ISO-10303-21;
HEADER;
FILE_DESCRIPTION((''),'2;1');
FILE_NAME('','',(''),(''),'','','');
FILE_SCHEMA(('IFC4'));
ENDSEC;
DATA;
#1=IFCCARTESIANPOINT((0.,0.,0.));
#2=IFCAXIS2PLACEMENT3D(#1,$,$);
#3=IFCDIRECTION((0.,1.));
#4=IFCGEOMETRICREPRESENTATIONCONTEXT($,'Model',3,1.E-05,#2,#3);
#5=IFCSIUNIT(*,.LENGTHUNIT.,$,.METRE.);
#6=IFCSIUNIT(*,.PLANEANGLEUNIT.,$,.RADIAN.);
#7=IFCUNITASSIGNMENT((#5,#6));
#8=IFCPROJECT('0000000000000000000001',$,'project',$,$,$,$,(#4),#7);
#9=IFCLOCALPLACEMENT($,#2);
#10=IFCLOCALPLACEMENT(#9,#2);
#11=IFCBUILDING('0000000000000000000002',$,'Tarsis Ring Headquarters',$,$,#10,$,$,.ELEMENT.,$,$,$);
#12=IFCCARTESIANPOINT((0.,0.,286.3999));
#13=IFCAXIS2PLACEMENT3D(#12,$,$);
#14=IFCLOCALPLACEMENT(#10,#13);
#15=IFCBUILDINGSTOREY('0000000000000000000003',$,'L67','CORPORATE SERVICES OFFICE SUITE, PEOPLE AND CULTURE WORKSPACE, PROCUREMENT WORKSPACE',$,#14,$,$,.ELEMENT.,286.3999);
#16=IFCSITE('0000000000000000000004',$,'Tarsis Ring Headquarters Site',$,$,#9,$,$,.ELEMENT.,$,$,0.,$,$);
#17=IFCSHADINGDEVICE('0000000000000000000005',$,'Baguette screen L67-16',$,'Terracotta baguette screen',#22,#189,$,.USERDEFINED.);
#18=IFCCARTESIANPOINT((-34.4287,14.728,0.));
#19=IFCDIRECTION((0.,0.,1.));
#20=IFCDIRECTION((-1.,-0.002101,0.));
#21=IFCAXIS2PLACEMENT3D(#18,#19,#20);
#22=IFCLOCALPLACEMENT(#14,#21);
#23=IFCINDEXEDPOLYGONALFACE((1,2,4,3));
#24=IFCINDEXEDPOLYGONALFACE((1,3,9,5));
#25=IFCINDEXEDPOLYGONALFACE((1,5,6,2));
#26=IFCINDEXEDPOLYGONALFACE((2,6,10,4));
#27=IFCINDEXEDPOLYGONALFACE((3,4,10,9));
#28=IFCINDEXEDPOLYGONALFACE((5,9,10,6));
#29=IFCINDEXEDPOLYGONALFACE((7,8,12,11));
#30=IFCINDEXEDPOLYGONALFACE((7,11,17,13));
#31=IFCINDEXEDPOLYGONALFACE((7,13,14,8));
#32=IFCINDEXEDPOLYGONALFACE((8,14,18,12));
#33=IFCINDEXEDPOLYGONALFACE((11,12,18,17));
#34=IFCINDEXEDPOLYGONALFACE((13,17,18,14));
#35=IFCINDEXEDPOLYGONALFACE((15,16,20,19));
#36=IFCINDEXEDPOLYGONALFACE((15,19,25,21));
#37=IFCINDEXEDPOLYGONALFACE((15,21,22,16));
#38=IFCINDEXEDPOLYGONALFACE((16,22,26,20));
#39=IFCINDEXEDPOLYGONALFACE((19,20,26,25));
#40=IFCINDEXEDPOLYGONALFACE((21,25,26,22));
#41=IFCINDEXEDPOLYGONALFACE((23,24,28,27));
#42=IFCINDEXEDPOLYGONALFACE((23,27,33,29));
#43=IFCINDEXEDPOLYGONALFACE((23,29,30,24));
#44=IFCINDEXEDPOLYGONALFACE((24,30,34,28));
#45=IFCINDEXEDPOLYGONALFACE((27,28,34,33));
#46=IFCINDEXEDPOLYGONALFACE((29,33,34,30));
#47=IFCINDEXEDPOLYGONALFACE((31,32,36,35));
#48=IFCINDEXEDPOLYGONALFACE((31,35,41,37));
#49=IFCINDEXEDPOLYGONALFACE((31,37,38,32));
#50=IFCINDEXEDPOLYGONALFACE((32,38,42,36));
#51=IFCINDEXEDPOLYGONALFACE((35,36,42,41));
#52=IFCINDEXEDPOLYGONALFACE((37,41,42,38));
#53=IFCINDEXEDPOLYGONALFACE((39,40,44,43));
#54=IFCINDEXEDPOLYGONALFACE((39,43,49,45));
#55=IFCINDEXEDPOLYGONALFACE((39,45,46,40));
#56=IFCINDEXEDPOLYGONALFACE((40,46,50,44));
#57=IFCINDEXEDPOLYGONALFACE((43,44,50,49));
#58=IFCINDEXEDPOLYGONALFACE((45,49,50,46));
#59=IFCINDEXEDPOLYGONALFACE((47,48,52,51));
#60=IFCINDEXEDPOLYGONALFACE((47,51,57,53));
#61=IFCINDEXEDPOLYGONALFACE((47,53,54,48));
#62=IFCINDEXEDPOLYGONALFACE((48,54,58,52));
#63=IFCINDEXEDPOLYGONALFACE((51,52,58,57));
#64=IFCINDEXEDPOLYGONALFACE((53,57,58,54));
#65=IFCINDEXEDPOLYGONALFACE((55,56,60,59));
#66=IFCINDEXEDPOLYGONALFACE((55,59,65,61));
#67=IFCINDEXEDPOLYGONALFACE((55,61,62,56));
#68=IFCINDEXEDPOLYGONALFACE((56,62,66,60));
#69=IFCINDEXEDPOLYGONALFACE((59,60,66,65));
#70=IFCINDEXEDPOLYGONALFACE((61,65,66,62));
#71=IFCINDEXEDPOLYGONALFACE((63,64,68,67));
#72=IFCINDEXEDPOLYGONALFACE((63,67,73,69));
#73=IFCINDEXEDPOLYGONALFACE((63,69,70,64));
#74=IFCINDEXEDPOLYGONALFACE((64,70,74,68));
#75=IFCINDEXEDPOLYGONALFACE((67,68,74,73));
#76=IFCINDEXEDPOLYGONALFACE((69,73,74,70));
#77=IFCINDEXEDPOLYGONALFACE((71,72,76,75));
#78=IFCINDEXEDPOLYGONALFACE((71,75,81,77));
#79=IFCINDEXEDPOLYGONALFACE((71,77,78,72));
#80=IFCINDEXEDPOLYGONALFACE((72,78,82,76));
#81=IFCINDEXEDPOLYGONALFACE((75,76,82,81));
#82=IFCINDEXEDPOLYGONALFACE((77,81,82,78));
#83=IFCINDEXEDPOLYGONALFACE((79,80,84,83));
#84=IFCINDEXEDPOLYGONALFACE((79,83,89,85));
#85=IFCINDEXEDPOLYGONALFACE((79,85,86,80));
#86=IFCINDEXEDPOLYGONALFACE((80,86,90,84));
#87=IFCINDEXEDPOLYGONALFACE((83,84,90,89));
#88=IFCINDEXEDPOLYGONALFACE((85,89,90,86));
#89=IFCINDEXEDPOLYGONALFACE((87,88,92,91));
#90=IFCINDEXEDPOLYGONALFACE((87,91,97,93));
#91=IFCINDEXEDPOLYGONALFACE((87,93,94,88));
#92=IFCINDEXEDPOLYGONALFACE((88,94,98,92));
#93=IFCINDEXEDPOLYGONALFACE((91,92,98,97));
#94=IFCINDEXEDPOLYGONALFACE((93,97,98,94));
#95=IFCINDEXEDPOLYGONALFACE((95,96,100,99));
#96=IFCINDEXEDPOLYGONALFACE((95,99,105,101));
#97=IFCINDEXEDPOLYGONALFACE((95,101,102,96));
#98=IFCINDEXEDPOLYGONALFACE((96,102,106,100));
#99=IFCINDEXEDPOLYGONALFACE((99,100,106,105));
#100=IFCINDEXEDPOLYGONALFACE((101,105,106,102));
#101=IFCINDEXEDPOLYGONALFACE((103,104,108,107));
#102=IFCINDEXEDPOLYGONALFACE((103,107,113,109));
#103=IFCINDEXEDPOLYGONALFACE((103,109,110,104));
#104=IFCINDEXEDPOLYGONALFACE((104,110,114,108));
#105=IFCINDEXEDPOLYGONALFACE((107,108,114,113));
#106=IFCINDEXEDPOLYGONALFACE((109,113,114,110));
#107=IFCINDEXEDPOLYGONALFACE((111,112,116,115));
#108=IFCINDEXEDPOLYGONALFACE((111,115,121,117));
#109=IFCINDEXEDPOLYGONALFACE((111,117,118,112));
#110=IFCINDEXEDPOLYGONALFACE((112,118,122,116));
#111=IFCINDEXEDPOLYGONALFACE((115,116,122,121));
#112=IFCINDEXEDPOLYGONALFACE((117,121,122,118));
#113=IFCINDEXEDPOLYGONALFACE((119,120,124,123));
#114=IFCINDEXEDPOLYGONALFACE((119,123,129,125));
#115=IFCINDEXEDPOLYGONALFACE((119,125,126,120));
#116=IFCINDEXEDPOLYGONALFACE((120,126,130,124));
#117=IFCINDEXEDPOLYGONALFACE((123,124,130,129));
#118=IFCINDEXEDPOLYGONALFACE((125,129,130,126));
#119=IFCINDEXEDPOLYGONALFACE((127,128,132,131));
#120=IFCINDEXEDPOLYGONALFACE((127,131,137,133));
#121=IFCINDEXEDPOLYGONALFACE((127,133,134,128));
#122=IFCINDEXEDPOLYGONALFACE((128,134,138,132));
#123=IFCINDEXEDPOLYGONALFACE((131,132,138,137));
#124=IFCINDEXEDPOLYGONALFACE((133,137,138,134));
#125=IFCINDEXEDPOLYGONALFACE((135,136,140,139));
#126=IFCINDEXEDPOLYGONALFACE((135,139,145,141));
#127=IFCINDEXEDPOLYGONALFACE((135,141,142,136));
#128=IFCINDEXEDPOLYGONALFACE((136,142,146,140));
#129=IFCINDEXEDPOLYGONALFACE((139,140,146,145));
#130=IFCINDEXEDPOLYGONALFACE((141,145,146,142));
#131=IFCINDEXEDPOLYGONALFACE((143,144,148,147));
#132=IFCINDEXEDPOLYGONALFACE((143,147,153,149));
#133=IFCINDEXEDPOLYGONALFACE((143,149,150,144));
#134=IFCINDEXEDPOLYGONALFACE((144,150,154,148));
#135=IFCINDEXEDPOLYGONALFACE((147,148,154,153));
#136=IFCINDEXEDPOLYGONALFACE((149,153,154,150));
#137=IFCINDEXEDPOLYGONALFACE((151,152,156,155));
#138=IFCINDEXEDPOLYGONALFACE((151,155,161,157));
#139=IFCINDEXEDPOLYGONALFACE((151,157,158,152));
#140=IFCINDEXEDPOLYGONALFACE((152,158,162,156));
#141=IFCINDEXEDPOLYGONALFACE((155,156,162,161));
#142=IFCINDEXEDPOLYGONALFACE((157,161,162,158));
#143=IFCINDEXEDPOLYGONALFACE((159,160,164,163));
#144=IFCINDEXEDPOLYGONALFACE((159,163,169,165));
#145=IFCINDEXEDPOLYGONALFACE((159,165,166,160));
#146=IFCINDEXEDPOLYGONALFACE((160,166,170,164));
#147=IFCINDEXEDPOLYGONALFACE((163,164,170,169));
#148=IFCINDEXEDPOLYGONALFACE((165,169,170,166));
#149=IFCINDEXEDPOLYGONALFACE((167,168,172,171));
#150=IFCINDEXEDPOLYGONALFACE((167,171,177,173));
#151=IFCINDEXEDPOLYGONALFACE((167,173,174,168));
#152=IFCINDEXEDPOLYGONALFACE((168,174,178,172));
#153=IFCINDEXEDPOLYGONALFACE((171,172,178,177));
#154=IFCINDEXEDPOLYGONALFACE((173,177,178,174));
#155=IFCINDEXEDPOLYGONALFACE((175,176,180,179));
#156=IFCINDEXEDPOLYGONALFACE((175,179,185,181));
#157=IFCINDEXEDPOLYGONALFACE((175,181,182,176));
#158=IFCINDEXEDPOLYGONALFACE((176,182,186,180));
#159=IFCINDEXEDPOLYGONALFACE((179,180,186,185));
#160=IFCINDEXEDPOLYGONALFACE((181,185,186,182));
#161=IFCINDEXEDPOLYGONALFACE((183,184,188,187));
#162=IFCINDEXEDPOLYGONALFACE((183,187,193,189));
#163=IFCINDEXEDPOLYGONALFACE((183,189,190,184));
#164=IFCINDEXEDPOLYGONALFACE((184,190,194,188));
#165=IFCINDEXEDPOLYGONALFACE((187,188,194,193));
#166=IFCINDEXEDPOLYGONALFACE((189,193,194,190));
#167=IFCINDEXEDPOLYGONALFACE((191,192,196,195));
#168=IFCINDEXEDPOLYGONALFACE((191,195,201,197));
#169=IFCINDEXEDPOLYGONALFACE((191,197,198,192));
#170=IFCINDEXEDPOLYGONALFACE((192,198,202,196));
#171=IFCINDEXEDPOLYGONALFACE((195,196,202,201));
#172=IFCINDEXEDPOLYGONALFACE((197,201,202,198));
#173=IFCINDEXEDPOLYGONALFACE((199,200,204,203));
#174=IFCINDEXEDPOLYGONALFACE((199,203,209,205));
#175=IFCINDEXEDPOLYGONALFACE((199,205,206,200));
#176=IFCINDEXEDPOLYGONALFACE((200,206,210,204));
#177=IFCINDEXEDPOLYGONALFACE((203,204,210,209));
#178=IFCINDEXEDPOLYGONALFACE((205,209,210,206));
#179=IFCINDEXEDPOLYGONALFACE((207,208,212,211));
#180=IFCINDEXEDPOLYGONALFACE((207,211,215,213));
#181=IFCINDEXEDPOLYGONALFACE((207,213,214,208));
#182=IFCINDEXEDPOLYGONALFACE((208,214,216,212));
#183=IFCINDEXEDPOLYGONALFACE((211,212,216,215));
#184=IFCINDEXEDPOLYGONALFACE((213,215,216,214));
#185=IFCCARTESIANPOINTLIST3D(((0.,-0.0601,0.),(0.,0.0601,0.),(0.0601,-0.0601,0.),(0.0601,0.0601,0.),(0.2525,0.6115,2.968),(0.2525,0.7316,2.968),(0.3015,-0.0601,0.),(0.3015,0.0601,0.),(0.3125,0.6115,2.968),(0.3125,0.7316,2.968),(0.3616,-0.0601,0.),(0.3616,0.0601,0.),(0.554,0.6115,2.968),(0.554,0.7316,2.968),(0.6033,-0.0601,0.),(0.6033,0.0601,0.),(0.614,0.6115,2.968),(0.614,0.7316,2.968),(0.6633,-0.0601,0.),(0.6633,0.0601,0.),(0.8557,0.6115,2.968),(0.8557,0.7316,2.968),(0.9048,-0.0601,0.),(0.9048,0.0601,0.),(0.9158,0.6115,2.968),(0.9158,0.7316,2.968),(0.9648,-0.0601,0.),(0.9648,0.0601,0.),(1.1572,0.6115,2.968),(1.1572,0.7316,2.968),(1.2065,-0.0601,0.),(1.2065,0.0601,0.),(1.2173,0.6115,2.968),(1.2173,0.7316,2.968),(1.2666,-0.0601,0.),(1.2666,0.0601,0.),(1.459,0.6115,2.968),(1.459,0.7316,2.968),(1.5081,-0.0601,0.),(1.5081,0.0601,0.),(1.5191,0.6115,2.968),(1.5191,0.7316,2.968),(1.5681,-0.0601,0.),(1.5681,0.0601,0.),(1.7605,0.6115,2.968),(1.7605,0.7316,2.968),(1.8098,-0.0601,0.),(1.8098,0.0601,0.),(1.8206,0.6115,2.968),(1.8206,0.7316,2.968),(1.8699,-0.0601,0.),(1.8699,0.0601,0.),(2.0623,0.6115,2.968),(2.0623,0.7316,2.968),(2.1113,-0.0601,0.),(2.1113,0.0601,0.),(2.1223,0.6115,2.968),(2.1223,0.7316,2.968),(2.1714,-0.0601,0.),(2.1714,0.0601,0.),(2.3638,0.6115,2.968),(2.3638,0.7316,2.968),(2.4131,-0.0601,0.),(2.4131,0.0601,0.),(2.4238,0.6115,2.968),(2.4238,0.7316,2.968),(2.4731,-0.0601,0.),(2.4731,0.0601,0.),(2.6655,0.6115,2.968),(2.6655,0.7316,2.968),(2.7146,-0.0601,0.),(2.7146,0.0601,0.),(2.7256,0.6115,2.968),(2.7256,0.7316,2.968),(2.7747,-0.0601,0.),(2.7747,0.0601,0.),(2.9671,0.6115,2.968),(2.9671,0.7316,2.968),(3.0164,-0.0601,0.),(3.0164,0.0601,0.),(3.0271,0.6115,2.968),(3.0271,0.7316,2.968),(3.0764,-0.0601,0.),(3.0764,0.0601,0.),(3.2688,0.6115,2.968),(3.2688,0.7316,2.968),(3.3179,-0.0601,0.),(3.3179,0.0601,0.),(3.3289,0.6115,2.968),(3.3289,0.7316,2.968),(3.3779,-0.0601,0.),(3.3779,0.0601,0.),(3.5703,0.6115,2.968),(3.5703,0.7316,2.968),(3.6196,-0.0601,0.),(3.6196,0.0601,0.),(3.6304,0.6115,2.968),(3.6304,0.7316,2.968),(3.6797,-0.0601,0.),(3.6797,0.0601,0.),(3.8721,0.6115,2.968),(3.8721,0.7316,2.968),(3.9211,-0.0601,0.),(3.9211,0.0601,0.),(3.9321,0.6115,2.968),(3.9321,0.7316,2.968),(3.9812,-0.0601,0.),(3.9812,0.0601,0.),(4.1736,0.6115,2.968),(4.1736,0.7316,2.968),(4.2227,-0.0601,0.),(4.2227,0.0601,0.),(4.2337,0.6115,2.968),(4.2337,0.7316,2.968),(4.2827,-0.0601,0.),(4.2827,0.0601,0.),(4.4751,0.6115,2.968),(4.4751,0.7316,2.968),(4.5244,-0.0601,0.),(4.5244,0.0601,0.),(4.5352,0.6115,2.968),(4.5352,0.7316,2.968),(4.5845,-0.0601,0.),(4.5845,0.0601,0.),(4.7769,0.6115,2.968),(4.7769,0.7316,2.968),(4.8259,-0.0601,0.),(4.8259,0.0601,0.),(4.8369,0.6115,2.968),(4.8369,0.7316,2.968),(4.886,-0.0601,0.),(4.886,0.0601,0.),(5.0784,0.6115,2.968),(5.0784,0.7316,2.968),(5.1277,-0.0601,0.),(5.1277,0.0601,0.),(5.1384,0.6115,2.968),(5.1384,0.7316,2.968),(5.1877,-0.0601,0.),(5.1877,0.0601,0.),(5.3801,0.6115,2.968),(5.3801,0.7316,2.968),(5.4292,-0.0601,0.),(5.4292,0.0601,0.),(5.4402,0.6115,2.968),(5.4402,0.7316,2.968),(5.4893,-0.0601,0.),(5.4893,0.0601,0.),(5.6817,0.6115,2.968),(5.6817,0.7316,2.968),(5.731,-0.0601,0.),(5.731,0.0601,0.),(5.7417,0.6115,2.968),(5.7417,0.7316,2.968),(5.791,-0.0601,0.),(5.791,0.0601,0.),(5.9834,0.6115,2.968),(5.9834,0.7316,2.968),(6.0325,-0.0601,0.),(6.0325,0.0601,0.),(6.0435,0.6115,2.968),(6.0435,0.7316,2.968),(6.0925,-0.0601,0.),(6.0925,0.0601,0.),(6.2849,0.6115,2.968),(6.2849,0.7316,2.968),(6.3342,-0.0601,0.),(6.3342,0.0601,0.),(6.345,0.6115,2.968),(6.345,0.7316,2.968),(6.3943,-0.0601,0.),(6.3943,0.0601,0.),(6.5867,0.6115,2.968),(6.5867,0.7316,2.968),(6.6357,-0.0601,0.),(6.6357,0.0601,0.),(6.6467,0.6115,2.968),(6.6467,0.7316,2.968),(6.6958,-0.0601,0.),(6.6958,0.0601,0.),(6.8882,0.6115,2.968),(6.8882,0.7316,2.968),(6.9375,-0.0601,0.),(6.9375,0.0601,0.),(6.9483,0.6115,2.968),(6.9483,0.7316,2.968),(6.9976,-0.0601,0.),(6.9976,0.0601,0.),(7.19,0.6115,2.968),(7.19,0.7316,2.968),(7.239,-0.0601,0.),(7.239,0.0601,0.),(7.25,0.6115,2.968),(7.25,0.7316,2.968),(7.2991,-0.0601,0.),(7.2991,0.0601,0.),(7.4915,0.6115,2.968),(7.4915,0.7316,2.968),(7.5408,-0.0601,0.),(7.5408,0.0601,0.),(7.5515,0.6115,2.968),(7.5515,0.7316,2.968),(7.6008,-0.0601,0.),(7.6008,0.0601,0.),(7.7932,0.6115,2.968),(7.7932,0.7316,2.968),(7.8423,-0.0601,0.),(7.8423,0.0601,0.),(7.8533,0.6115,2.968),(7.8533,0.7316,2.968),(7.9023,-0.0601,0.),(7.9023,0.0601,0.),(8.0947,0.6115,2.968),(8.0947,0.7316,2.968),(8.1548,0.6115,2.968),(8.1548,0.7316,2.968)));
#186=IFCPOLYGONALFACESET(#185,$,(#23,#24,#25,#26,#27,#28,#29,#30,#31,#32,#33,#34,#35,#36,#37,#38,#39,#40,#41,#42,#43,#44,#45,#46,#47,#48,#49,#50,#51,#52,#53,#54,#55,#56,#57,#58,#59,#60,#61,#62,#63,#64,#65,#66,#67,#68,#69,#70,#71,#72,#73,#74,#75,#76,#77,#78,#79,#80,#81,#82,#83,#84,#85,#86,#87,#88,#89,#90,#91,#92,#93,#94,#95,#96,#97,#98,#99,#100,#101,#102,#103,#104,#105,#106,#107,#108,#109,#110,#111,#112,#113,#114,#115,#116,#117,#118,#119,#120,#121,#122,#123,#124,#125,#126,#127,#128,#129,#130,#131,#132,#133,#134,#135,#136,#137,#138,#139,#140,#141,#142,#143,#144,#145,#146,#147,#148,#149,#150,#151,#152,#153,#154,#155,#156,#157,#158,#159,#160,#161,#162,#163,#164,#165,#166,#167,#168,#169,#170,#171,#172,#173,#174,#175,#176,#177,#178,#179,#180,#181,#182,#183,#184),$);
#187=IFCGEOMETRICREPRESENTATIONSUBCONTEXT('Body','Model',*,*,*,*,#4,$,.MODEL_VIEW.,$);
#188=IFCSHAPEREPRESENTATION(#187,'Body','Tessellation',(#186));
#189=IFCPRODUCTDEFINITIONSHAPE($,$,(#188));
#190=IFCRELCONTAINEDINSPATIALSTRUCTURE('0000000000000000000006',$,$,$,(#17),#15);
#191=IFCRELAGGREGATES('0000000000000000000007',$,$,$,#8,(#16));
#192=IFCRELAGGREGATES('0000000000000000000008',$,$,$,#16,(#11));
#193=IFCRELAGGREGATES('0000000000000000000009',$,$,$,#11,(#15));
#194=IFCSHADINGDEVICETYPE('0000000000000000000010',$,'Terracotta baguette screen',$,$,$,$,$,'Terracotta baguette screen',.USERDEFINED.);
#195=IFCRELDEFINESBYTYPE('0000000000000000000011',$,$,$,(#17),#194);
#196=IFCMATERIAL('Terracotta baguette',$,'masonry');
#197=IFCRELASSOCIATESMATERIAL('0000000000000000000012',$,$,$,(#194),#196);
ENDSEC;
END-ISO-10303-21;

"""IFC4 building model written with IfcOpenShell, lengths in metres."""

from ifc_helpers import new_model, si_unit, direction, frame, frame_2d, origin, place, context, subcontext, project, spatial, rectangle, composite_profile, extrude, material, type_object, element, save


model = new_model("IFC4")

# Units and contexts
model_context = context("Model", 3, precision=1e-05, world=origin(), true_north=direction((0.0, 1.0)))
body_context = subcontext(model_context, "Body", "Model", "MODEL_VIEW")
ifc_project = project(units=[si_unit("LENGTHUNIT", "METRE"), si_unit("PLANEANGLEUNIT", "RADIAN")], contexts=[model_context])

# Site, building, storey
site_placement = place(None, origin())
site = spatial("IfcSite", under=ifc_project, at=site_placement, Name="Tarsis Ring Headquarters Site", CompositionType="ELEMENT", RefElevation=0.0)
building_placement = place(site_placement, origin())
building = spatial("IfcBuilding", under=site, at=building_placement, Name="Tarsis Ring Headquarters", CompositionType="ELEMENT")
storey_placement = place(building_placement, frame((0.0, 0.0, 286.3999)))
storey = spatial("IfcBuildingStorey", under=building, at=storey_placement, Name="L67", Description="CORPORATE SERVICES OFFICE SUITE, PEOPLE AND CULTURE WORKSPACE, PROCUREMENT WORKSPACE", CompositionType="ELEMENT", Elevation=286.3999)

# Shading device
ifc_material_1 = material(Name="Terracotta baguette", Category="masonry")
shading_device_type_1 = type_object("IfcShadingDeviceType", Name="Terracotta baguette screen", ElementType="Terracotta baguette screen", PredefinedType="USERDEFINED", material=ifc_material_1)
shading_device_1_placement = place(storey_placement, frame((-34.4287, 14.728, 0.0), z_axis=(0.0, 0.0, 1.0), x_axis=(-1.0, -0.002101, 0.0)))
element("IfcShadingDevice", 1, at=shading_device_1_placement, inside=storey, type_object=shading_device_type_1, Name="Baguette screen L67-16", ObjectType="Terracotta baguette screen", PredefinedType="USERDEFINED", context=body_context, shape_type="SweptSolid", body=[
    extrude(composite_profile([rectangle(XDim=0.0601, YDim=0.1201, at=frame_2d((0.03, 0.0))), rectangle(XDim=0.0601, YDim=0.1201, at=frame_2d((0.3315, 0.0))), rectangle(XDim=0.0601, YDim=0.1201, at=frame_2d((0.6333, 0.0))), rectangle(XDim=0.0601, YDim=0.1201, at=frame_2d((0.9348, 0.0))), rectangle(XDim=0.0601, YDim=0.1201, at=frame_2d((1.2366, 0.0))), rectangle(XDim=0.0601, YDim=0.1201, at=frame_2d((1.5381, 0.0))), rectangle(XDim=0.0601, YDim=0.1201, at=frame_2d((1.8398, 0.0))), rectangle(XDim=0.0601, YDim=0.1201, at=frame_2d((2.1414, 0.0))), rectangle(XDim=0.0601, YDim=0.1201, at=frame_2d((2.4431, 0.0))), rectangle(XDim=0.0601, YDim=0.1201, at=frame_2d((2.7446, 0.0))), rectangle(XDim=0.0601, YDim=0.1201, at=frame_2d((3.0464, 0.0))), rectangle(XDim=0.0601, YDim=0.1201, at=frame_2d((3.3479, 0.0))), rectangle(XDim=0.0601, YDim=0.1201, at=frame_2d((3.6497, 0.0))), rectangle(XDim=0.0601, YDim=0.1201, at=frame_2d((3.9512, 0.0))), rectangle(XDim=0.0601, YDim=0.1201, at=frame_2d((4.2527, 0.0))), rectangle(XDim=0.0601, YDim=0.1201, at=frame_2d((4.5544, 0.0))), rectangle(XDim=0.0601, YDim=0.1201, at=frame_2d((4.856, 0.0))), rectangle(XDim=0.0601, YDim=0.1201, at=frame_2d((5.1577, 0.0))), rectangle(XDim=0.0601, YDim=0.1201, at=frame_2d((5.4592, 0.0))), rectangle(XDim=0.0601, YDim=0.1201, at=frame_2d((5.761, 0.0))), rectangle(XDim=0.0601, YDim=0.1201, at=frame_2d((6.0625, 0.0))), rectangle(XDim=0.0601, YDim=0.1201, at=frame_2d((6.3643, 0.0))), rectangle(XDim=0.0601, YDim=0.1201, at=frame_2d((6.6658, 0.0))), rectangle(XDim=0.0601, YDim=0.1201, at=frame_2d((6.9675, 0.0))), rectangle(XDim=0.0601, YDim=0.1201, at=frame_2d((7.269, 0.0))), rectangle(XDim=0.0601, YDim=0.1201, at=frame_2d((7.5708, 0.0))), rectangle(XDim=0.0601, YDim=0.1201, at=frame_2d((7.8723, 0.0)))]), origin(), (0.082679, 0.219923, 0.972007), 3.0535),
])

save(model, "model.ifc")
